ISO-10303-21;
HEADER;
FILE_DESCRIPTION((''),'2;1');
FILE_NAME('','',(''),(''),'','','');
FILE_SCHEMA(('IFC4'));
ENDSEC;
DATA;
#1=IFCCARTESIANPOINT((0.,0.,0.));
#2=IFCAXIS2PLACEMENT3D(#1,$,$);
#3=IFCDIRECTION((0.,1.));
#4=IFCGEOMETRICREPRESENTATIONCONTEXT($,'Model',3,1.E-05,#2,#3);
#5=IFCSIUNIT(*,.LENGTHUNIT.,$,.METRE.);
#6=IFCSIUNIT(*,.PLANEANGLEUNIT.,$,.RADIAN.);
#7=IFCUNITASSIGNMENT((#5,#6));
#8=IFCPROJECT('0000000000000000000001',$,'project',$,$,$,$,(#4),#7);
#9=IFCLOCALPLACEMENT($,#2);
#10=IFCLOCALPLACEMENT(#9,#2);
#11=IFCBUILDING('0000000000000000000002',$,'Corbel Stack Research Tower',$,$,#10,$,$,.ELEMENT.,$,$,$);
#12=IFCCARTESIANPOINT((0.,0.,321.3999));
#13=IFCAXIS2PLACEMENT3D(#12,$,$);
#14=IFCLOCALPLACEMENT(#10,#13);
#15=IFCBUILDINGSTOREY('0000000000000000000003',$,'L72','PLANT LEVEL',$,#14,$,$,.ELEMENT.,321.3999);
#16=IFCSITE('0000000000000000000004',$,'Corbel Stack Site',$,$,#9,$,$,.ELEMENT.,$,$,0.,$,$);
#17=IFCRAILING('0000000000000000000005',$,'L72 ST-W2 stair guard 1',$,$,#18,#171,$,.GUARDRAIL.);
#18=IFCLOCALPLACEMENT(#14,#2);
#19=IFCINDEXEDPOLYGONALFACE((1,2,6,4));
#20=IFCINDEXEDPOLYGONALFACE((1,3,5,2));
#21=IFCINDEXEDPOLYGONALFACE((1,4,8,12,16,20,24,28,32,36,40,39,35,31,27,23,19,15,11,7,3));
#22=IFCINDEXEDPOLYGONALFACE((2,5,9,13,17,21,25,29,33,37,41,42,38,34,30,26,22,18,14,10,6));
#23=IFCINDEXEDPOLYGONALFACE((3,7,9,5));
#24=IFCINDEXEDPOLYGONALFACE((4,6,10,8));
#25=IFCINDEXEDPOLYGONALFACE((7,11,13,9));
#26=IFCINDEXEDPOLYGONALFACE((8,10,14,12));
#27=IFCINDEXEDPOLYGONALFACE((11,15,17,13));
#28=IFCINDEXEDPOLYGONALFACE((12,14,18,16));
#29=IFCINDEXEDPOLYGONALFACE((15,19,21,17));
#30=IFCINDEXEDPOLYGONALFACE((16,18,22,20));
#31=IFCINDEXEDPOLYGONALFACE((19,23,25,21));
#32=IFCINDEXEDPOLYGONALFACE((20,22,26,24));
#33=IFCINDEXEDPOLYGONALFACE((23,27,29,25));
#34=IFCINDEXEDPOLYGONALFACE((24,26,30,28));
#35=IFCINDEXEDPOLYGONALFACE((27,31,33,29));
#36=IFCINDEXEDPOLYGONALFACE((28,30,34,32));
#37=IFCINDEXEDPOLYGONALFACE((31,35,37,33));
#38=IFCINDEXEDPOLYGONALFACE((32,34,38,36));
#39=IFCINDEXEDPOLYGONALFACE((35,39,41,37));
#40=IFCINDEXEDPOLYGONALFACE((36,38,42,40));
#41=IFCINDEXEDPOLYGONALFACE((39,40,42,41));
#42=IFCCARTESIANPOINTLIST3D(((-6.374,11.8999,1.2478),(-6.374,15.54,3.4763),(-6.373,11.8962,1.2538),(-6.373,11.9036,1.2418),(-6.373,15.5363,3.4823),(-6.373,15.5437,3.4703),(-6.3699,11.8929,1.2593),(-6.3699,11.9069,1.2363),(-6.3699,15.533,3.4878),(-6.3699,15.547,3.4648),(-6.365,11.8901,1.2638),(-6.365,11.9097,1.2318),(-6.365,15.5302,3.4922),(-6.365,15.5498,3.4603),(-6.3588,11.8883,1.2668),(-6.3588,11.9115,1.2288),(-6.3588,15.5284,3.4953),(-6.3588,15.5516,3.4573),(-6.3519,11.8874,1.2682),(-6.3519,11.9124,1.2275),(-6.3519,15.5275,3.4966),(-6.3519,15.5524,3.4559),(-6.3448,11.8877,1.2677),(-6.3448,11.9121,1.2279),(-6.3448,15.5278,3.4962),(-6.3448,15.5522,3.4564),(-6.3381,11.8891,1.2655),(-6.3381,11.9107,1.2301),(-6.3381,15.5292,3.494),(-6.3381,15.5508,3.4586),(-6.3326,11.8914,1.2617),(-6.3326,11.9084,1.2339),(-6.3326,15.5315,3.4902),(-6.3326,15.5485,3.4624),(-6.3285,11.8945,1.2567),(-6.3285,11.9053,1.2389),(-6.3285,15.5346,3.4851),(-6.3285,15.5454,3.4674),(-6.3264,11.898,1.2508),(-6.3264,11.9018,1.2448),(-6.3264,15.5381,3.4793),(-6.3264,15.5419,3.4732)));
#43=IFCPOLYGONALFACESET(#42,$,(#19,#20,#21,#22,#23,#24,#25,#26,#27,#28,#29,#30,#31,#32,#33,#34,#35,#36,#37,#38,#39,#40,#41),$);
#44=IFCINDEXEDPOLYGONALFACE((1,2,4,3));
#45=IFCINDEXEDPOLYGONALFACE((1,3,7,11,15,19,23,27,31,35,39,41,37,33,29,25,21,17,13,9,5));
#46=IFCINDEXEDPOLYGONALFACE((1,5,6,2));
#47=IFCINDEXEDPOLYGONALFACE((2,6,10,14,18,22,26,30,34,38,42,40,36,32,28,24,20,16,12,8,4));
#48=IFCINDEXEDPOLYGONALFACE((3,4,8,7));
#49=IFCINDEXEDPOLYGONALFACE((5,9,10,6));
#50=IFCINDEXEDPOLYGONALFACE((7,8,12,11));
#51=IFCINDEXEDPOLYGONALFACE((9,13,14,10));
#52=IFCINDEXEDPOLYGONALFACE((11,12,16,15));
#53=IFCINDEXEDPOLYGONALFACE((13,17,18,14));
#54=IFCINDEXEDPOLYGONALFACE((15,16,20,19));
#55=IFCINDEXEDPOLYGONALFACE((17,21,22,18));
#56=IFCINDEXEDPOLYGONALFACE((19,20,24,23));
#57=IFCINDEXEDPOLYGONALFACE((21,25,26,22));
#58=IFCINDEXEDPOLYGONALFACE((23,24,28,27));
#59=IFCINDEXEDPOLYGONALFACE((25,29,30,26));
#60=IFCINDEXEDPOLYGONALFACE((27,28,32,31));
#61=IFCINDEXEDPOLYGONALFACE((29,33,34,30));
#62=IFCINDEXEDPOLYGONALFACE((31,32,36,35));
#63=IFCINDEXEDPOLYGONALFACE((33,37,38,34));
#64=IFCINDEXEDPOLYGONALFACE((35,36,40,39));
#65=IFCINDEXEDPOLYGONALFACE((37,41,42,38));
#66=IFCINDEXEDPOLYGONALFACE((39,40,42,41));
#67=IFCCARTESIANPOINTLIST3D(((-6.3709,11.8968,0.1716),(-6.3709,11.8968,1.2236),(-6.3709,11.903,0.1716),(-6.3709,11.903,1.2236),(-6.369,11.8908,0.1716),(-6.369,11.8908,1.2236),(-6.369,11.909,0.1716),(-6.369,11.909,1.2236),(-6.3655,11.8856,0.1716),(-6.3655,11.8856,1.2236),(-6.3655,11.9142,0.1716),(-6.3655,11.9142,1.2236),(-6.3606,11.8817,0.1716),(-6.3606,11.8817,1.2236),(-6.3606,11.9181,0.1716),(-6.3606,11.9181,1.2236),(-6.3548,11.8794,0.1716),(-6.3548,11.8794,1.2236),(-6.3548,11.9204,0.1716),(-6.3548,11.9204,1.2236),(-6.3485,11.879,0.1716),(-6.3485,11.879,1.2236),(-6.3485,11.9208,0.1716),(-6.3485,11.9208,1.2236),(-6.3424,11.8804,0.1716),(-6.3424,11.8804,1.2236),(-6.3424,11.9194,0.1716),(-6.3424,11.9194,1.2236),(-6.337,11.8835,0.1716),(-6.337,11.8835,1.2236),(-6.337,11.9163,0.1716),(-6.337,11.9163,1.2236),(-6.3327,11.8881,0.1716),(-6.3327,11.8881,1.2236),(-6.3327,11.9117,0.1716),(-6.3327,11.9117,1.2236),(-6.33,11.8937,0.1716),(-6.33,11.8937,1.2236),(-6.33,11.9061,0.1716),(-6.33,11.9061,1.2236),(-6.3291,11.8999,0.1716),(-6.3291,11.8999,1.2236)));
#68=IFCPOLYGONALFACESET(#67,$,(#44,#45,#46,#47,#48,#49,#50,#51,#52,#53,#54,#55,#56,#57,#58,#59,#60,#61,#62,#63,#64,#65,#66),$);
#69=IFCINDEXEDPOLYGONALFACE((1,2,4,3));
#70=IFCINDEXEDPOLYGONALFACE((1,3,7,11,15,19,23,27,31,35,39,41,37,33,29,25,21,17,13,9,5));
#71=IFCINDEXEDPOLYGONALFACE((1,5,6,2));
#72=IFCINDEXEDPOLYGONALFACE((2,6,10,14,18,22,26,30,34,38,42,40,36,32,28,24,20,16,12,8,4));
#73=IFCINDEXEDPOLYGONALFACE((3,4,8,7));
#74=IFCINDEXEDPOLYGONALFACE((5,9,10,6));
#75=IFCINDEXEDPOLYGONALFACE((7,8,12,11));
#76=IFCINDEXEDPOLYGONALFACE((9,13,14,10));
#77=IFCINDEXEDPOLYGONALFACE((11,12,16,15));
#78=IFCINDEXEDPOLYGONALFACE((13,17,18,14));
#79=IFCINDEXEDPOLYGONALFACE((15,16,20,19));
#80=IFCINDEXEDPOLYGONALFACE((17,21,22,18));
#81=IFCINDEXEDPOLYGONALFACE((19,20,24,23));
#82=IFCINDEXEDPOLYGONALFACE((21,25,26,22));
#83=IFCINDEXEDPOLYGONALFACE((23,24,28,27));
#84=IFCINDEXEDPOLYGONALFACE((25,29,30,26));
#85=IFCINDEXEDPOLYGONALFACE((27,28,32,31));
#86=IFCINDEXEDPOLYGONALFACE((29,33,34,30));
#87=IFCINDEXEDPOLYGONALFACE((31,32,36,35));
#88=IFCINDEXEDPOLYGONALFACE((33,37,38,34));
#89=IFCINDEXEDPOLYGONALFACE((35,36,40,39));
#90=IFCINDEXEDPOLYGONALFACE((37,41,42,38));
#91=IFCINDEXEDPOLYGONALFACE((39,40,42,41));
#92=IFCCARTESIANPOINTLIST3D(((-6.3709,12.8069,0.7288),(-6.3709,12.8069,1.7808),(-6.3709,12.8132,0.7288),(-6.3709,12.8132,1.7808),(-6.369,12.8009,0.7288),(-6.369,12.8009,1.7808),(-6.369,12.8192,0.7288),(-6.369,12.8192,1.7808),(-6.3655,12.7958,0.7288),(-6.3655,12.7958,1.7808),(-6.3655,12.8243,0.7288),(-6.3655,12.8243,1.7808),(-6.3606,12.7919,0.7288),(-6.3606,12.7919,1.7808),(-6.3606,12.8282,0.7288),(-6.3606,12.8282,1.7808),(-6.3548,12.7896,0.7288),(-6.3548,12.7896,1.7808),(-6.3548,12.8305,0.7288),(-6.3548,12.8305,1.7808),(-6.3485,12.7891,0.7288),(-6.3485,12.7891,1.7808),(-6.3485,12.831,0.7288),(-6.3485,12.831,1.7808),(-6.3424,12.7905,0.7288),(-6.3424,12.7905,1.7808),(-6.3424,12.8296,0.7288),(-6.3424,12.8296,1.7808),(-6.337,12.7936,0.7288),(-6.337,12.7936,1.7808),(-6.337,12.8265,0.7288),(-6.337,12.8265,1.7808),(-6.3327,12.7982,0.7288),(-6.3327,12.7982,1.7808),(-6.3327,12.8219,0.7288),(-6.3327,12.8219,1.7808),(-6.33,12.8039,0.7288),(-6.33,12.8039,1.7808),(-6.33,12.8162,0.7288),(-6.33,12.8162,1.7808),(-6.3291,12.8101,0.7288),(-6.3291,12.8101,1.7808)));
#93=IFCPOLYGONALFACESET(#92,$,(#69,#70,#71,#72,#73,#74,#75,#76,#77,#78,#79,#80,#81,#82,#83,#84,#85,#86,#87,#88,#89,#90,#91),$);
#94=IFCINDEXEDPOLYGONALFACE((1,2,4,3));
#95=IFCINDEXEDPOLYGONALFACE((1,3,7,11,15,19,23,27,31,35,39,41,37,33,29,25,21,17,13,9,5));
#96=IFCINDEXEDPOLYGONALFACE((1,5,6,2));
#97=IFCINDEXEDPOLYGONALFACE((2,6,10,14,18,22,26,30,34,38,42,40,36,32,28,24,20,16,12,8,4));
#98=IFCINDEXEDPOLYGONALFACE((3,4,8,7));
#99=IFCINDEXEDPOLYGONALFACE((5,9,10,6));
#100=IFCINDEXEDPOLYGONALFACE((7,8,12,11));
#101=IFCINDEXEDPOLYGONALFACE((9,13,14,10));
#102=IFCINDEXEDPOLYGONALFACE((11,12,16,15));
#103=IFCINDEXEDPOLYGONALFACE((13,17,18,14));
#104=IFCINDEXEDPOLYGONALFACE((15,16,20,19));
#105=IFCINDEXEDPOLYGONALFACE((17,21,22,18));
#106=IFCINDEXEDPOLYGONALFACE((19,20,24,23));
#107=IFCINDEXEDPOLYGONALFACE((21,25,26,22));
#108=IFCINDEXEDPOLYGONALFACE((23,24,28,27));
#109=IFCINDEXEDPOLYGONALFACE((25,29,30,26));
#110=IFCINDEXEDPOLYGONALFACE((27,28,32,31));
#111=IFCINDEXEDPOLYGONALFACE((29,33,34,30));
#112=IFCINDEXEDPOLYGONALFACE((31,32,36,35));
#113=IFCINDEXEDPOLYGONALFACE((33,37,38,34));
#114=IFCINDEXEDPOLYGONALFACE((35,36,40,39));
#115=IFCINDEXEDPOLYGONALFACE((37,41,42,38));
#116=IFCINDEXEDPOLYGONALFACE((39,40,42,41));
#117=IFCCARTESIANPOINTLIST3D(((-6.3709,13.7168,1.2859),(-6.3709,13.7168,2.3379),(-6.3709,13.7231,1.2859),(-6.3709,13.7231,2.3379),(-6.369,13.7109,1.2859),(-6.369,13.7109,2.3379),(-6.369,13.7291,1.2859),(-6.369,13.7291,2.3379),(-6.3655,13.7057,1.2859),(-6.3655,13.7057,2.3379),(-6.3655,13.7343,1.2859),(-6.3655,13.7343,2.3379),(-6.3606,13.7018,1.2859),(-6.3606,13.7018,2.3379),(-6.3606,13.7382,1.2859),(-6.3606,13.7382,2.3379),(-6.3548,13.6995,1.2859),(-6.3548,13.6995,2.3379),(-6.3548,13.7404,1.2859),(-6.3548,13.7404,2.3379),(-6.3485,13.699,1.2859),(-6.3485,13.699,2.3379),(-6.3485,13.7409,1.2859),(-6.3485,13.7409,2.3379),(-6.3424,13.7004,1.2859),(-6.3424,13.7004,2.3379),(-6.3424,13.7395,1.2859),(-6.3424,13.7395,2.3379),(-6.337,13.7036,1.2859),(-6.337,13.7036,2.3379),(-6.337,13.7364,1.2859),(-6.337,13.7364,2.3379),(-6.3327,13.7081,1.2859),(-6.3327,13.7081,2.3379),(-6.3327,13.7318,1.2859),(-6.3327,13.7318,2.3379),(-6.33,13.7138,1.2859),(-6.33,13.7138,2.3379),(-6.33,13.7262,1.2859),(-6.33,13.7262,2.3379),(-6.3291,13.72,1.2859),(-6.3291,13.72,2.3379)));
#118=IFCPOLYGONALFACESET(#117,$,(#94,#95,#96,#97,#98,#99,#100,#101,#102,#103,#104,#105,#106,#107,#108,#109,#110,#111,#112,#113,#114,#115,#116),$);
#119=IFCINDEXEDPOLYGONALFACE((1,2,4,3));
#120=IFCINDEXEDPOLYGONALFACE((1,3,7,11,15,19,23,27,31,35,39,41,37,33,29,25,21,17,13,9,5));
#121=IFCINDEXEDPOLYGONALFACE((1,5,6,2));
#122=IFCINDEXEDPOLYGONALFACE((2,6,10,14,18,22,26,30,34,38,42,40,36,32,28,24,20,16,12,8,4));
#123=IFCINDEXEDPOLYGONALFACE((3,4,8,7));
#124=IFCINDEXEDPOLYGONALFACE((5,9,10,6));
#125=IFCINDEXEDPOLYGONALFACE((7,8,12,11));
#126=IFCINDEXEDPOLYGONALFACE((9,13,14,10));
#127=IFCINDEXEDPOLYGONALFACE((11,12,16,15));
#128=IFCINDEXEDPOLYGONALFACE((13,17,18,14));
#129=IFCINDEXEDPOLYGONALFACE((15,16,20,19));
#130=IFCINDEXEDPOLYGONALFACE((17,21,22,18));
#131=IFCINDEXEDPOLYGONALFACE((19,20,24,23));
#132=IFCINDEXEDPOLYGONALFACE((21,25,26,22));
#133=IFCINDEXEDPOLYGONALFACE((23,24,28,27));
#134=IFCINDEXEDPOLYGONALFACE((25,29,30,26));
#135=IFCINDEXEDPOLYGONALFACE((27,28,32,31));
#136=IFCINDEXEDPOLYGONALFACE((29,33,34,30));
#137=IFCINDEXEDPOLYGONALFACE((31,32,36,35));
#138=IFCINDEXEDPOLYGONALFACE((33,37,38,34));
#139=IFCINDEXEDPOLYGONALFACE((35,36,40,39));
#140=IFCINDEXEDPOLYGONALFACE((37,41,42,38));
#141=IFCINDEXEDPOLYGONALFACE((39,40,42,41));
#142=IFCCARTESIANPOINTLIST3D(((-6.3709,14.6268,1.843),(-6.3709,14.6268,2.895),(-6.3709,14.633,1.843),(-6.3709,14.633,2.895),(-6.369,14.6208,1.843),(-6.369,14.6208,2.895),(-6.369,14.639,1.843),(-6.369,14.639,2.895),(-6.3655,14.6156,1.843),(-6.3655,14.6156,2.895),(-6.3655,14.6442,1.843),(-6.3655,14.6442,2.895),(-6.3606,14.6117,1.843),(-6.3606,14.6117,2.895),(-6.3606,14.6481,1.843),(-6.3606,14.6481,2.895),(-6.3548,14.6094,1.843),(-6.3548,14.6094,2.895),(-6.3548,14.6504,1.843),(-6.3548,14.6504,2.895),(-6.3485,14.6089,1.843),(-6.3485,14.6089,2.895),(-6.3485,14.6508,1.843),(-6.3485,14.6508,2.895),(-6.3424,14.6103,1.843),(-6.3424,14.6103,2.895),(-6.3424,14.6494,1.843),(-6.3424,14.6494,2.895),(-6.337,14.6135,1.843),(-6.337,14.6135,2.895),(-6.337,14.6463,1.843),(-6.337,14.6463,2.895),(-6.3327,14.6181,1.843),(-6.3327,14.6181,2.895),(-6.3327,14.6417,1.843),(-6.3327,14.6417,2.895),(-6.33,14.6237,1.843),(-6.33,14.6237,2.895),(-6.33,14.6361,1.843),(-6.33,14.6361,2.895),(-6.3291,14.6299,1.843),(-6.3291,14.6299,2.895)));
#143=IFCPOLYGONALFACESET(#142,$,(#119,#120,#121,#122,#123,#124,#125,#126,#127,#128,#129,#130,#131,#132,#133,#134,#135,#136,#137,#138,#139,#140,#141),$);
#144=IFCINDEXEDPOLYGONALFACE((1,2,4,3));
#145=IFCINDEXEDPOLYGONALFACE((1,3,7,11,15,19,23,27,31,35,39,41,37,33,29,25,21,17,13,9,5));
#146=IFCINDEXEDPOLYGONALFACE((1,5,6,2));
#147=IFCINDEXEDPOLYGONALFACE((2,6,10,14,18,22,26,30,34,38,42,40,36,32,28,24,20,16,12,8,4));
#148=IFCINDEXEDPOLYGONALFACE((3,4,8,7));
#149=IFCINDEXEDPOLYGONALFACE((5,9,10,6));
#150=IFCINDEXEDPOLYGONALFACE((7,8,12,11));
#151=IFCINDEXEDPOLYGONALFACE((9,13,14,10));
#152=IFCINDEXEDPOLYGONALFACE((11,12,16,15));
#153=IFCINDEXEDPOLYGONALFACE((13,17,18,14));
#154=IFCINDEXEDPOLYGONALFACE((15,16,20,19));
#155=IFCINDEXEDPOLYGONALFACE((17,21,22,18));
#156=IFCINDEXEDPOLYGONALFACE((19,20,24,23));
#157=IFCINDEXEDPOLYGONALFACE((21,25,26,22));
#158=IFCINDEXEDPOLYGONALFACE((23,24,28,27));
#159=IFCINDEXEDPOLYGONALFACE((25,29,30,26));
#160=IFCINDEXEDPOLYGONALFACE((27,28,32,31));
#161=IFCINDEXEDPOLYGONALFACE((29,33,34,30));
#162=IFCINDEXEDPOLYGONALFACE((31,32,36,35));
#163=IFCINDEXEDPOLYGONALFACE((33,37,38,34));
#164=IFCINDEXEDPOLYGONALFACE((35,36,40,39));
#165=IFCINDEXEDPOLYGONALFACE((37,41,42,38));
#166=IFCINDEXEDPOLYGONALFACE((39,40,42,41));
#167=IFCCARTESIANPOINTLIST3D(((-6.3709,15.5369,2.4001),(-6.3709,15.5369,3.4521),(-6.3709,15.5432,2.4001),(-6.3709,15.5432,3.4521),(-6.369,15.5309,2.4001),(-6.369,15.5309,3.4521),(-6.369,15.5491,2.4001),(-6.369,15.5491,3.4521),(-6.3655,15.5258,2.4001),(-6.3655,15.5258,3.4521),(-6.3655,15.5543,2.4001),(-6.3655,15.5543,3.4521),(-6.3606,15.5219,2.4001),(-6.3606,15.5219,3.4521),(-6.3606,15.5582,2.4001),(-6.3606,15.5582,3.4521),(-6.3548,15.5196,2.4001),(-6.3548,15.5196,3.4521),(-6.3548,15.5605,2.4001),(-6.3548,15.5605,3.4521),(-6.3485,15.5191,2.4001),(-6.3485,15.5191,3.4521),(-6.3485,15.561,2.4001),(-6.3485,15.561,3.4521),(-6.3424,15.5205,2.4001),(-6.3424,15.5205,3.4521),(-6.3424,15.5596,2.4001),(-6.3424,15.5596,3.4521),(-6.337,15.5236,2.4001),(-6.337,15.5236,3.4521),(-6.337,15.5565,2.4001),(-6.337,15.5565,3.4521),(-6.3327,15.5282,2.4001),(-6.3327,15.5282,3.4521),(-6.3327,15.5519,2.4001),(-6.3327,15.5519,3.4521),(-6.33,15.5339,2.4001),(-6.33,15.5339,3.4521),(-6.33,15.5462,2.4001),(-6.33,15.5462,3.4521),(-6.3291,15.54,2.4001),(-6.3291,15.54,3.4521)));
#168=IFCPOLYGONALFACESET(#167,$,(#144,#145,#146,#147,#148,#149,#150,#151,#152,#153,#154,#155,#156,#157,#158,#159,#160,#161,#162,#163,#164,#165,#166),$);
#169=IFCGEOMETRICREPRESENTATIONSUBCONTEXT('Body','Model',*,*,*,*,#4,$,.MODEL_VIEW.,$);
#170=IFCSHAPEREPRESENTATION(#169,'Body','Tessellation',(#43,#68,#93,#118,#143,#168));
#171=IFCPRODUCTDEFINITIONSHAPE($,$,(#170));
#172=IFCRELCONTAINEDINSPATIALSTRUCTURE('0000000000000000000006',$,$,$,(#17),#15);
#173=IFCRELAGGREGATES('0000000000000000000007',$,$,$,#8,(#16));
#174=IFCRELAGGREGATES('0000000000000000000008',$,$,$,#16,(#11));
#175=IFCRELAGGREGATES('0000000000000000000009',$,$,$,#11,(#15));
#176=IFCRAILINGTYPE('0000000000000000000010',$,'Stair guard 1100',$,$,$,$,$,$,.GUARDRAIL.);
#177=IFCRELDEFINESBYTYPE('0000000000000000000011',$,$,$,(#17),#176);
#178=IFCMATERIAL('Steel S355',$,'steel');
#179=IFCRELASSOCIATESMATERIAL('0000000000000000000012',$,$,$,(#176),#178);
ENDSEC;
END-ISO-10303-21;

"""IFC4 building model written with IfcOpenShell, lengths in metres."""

from ifc_helpers import new_model, si_unit, direction, frame, origin, origin_2d, place, context, subcontext, project, spatial, circle, extrude, material, type_object, element, save


model = new_model("IFC4")

# Units and contexts
model_context = context("Model", 3, precision=1e-05, world=origin(), true_north=direction((0.0, 1.0)))
body_context = subcontext(model_context, "Body", "Model", "MODEL_VIEW")
ifc_project = project(units=[si_unit("LENGTHUNIT", "METRE"), si_unit("PLANEANGLEUNIT", "RADIAN")], contexts=[model_context])

# Site, building, storey
site_placement = place(None, origin())
site = spatial("IfcSite", under=ifc_project, at=site_placement, Name="Corbel Stack Site", CompositionType="ELEMENT", RefElevation=0.0)
building_placement = place(site_placement, origin())
building = spatial("IfcBuilding", under=site, at=building_placement, Name="Corbel Stack Research Tower", CompositionType="ELEMENT")
storey_placement = place(building_placement, frame((0.0, 0.0, 321.3999)))
storey = spatial("IfcBuildingStorey", under=building, at=storey_placement, Name="L72", Description="PLANT LEVEL", CompositionType="ELEMENT", Elevation=321.3999)

# Railing
ifc_material_1 = material(Name="Steel S355", Category="steel")
railing_type_1 = type_object("IfcRailingType", Name="Stair guard 1100", PredefinedType="GUARDRAIL", material=ifc_material_1)
railing_1_placement = place(storey_placement, frame((-6.3501, 11.8999, 0.1716)))
element("IfcRailing", 1, at=railing_1_placement, inside=storey, type_object=railing_type_1, Name="L72 ST-W2 stair guard 1", PredefinedType="GUARDRAIL", context=body_context, shape_type="SweptSolid", body=[
    extrude(circle(Radius=0.0239, at=origin_2d()), frame((0.0, 0.0, 1.0762), z_axis=(0.0, 0.852866, 0.52213), x_axis=(-1.0, 0.0, 0.0)), (0.0, 0.0, 1.0), 4.2681),
    extrude(circle(Radius=0.021, at=origin_2d()), origin(), (0.0, 0.0, 1.0), 1.052),
    extrude(circle(Radius=0.021, at=origin_2d()), frame((0.0, 0.9102, 0.5571)), (0.0, 0.0, 1.0), 1.052),
    extrude(circle(Radius=0.021, at=origin_2d()), frame((0.0, 1.8201, 1.1143)), (0.0, 0.0, 1.0), 1.052),
    extrude(circle(Radius=0.021, at=origin_2d()), frame((0.0, 2.73, 1.6714)), (0.0, 0.0, 1.0), 1.052),
    extrude(circle(Radius=0.021, at=origin_2d()), frame((0.0, 3.6401, 2.2285)), (0.0, 0.0, 1.0), 1.052),
])

save(model, "model.ifc")
